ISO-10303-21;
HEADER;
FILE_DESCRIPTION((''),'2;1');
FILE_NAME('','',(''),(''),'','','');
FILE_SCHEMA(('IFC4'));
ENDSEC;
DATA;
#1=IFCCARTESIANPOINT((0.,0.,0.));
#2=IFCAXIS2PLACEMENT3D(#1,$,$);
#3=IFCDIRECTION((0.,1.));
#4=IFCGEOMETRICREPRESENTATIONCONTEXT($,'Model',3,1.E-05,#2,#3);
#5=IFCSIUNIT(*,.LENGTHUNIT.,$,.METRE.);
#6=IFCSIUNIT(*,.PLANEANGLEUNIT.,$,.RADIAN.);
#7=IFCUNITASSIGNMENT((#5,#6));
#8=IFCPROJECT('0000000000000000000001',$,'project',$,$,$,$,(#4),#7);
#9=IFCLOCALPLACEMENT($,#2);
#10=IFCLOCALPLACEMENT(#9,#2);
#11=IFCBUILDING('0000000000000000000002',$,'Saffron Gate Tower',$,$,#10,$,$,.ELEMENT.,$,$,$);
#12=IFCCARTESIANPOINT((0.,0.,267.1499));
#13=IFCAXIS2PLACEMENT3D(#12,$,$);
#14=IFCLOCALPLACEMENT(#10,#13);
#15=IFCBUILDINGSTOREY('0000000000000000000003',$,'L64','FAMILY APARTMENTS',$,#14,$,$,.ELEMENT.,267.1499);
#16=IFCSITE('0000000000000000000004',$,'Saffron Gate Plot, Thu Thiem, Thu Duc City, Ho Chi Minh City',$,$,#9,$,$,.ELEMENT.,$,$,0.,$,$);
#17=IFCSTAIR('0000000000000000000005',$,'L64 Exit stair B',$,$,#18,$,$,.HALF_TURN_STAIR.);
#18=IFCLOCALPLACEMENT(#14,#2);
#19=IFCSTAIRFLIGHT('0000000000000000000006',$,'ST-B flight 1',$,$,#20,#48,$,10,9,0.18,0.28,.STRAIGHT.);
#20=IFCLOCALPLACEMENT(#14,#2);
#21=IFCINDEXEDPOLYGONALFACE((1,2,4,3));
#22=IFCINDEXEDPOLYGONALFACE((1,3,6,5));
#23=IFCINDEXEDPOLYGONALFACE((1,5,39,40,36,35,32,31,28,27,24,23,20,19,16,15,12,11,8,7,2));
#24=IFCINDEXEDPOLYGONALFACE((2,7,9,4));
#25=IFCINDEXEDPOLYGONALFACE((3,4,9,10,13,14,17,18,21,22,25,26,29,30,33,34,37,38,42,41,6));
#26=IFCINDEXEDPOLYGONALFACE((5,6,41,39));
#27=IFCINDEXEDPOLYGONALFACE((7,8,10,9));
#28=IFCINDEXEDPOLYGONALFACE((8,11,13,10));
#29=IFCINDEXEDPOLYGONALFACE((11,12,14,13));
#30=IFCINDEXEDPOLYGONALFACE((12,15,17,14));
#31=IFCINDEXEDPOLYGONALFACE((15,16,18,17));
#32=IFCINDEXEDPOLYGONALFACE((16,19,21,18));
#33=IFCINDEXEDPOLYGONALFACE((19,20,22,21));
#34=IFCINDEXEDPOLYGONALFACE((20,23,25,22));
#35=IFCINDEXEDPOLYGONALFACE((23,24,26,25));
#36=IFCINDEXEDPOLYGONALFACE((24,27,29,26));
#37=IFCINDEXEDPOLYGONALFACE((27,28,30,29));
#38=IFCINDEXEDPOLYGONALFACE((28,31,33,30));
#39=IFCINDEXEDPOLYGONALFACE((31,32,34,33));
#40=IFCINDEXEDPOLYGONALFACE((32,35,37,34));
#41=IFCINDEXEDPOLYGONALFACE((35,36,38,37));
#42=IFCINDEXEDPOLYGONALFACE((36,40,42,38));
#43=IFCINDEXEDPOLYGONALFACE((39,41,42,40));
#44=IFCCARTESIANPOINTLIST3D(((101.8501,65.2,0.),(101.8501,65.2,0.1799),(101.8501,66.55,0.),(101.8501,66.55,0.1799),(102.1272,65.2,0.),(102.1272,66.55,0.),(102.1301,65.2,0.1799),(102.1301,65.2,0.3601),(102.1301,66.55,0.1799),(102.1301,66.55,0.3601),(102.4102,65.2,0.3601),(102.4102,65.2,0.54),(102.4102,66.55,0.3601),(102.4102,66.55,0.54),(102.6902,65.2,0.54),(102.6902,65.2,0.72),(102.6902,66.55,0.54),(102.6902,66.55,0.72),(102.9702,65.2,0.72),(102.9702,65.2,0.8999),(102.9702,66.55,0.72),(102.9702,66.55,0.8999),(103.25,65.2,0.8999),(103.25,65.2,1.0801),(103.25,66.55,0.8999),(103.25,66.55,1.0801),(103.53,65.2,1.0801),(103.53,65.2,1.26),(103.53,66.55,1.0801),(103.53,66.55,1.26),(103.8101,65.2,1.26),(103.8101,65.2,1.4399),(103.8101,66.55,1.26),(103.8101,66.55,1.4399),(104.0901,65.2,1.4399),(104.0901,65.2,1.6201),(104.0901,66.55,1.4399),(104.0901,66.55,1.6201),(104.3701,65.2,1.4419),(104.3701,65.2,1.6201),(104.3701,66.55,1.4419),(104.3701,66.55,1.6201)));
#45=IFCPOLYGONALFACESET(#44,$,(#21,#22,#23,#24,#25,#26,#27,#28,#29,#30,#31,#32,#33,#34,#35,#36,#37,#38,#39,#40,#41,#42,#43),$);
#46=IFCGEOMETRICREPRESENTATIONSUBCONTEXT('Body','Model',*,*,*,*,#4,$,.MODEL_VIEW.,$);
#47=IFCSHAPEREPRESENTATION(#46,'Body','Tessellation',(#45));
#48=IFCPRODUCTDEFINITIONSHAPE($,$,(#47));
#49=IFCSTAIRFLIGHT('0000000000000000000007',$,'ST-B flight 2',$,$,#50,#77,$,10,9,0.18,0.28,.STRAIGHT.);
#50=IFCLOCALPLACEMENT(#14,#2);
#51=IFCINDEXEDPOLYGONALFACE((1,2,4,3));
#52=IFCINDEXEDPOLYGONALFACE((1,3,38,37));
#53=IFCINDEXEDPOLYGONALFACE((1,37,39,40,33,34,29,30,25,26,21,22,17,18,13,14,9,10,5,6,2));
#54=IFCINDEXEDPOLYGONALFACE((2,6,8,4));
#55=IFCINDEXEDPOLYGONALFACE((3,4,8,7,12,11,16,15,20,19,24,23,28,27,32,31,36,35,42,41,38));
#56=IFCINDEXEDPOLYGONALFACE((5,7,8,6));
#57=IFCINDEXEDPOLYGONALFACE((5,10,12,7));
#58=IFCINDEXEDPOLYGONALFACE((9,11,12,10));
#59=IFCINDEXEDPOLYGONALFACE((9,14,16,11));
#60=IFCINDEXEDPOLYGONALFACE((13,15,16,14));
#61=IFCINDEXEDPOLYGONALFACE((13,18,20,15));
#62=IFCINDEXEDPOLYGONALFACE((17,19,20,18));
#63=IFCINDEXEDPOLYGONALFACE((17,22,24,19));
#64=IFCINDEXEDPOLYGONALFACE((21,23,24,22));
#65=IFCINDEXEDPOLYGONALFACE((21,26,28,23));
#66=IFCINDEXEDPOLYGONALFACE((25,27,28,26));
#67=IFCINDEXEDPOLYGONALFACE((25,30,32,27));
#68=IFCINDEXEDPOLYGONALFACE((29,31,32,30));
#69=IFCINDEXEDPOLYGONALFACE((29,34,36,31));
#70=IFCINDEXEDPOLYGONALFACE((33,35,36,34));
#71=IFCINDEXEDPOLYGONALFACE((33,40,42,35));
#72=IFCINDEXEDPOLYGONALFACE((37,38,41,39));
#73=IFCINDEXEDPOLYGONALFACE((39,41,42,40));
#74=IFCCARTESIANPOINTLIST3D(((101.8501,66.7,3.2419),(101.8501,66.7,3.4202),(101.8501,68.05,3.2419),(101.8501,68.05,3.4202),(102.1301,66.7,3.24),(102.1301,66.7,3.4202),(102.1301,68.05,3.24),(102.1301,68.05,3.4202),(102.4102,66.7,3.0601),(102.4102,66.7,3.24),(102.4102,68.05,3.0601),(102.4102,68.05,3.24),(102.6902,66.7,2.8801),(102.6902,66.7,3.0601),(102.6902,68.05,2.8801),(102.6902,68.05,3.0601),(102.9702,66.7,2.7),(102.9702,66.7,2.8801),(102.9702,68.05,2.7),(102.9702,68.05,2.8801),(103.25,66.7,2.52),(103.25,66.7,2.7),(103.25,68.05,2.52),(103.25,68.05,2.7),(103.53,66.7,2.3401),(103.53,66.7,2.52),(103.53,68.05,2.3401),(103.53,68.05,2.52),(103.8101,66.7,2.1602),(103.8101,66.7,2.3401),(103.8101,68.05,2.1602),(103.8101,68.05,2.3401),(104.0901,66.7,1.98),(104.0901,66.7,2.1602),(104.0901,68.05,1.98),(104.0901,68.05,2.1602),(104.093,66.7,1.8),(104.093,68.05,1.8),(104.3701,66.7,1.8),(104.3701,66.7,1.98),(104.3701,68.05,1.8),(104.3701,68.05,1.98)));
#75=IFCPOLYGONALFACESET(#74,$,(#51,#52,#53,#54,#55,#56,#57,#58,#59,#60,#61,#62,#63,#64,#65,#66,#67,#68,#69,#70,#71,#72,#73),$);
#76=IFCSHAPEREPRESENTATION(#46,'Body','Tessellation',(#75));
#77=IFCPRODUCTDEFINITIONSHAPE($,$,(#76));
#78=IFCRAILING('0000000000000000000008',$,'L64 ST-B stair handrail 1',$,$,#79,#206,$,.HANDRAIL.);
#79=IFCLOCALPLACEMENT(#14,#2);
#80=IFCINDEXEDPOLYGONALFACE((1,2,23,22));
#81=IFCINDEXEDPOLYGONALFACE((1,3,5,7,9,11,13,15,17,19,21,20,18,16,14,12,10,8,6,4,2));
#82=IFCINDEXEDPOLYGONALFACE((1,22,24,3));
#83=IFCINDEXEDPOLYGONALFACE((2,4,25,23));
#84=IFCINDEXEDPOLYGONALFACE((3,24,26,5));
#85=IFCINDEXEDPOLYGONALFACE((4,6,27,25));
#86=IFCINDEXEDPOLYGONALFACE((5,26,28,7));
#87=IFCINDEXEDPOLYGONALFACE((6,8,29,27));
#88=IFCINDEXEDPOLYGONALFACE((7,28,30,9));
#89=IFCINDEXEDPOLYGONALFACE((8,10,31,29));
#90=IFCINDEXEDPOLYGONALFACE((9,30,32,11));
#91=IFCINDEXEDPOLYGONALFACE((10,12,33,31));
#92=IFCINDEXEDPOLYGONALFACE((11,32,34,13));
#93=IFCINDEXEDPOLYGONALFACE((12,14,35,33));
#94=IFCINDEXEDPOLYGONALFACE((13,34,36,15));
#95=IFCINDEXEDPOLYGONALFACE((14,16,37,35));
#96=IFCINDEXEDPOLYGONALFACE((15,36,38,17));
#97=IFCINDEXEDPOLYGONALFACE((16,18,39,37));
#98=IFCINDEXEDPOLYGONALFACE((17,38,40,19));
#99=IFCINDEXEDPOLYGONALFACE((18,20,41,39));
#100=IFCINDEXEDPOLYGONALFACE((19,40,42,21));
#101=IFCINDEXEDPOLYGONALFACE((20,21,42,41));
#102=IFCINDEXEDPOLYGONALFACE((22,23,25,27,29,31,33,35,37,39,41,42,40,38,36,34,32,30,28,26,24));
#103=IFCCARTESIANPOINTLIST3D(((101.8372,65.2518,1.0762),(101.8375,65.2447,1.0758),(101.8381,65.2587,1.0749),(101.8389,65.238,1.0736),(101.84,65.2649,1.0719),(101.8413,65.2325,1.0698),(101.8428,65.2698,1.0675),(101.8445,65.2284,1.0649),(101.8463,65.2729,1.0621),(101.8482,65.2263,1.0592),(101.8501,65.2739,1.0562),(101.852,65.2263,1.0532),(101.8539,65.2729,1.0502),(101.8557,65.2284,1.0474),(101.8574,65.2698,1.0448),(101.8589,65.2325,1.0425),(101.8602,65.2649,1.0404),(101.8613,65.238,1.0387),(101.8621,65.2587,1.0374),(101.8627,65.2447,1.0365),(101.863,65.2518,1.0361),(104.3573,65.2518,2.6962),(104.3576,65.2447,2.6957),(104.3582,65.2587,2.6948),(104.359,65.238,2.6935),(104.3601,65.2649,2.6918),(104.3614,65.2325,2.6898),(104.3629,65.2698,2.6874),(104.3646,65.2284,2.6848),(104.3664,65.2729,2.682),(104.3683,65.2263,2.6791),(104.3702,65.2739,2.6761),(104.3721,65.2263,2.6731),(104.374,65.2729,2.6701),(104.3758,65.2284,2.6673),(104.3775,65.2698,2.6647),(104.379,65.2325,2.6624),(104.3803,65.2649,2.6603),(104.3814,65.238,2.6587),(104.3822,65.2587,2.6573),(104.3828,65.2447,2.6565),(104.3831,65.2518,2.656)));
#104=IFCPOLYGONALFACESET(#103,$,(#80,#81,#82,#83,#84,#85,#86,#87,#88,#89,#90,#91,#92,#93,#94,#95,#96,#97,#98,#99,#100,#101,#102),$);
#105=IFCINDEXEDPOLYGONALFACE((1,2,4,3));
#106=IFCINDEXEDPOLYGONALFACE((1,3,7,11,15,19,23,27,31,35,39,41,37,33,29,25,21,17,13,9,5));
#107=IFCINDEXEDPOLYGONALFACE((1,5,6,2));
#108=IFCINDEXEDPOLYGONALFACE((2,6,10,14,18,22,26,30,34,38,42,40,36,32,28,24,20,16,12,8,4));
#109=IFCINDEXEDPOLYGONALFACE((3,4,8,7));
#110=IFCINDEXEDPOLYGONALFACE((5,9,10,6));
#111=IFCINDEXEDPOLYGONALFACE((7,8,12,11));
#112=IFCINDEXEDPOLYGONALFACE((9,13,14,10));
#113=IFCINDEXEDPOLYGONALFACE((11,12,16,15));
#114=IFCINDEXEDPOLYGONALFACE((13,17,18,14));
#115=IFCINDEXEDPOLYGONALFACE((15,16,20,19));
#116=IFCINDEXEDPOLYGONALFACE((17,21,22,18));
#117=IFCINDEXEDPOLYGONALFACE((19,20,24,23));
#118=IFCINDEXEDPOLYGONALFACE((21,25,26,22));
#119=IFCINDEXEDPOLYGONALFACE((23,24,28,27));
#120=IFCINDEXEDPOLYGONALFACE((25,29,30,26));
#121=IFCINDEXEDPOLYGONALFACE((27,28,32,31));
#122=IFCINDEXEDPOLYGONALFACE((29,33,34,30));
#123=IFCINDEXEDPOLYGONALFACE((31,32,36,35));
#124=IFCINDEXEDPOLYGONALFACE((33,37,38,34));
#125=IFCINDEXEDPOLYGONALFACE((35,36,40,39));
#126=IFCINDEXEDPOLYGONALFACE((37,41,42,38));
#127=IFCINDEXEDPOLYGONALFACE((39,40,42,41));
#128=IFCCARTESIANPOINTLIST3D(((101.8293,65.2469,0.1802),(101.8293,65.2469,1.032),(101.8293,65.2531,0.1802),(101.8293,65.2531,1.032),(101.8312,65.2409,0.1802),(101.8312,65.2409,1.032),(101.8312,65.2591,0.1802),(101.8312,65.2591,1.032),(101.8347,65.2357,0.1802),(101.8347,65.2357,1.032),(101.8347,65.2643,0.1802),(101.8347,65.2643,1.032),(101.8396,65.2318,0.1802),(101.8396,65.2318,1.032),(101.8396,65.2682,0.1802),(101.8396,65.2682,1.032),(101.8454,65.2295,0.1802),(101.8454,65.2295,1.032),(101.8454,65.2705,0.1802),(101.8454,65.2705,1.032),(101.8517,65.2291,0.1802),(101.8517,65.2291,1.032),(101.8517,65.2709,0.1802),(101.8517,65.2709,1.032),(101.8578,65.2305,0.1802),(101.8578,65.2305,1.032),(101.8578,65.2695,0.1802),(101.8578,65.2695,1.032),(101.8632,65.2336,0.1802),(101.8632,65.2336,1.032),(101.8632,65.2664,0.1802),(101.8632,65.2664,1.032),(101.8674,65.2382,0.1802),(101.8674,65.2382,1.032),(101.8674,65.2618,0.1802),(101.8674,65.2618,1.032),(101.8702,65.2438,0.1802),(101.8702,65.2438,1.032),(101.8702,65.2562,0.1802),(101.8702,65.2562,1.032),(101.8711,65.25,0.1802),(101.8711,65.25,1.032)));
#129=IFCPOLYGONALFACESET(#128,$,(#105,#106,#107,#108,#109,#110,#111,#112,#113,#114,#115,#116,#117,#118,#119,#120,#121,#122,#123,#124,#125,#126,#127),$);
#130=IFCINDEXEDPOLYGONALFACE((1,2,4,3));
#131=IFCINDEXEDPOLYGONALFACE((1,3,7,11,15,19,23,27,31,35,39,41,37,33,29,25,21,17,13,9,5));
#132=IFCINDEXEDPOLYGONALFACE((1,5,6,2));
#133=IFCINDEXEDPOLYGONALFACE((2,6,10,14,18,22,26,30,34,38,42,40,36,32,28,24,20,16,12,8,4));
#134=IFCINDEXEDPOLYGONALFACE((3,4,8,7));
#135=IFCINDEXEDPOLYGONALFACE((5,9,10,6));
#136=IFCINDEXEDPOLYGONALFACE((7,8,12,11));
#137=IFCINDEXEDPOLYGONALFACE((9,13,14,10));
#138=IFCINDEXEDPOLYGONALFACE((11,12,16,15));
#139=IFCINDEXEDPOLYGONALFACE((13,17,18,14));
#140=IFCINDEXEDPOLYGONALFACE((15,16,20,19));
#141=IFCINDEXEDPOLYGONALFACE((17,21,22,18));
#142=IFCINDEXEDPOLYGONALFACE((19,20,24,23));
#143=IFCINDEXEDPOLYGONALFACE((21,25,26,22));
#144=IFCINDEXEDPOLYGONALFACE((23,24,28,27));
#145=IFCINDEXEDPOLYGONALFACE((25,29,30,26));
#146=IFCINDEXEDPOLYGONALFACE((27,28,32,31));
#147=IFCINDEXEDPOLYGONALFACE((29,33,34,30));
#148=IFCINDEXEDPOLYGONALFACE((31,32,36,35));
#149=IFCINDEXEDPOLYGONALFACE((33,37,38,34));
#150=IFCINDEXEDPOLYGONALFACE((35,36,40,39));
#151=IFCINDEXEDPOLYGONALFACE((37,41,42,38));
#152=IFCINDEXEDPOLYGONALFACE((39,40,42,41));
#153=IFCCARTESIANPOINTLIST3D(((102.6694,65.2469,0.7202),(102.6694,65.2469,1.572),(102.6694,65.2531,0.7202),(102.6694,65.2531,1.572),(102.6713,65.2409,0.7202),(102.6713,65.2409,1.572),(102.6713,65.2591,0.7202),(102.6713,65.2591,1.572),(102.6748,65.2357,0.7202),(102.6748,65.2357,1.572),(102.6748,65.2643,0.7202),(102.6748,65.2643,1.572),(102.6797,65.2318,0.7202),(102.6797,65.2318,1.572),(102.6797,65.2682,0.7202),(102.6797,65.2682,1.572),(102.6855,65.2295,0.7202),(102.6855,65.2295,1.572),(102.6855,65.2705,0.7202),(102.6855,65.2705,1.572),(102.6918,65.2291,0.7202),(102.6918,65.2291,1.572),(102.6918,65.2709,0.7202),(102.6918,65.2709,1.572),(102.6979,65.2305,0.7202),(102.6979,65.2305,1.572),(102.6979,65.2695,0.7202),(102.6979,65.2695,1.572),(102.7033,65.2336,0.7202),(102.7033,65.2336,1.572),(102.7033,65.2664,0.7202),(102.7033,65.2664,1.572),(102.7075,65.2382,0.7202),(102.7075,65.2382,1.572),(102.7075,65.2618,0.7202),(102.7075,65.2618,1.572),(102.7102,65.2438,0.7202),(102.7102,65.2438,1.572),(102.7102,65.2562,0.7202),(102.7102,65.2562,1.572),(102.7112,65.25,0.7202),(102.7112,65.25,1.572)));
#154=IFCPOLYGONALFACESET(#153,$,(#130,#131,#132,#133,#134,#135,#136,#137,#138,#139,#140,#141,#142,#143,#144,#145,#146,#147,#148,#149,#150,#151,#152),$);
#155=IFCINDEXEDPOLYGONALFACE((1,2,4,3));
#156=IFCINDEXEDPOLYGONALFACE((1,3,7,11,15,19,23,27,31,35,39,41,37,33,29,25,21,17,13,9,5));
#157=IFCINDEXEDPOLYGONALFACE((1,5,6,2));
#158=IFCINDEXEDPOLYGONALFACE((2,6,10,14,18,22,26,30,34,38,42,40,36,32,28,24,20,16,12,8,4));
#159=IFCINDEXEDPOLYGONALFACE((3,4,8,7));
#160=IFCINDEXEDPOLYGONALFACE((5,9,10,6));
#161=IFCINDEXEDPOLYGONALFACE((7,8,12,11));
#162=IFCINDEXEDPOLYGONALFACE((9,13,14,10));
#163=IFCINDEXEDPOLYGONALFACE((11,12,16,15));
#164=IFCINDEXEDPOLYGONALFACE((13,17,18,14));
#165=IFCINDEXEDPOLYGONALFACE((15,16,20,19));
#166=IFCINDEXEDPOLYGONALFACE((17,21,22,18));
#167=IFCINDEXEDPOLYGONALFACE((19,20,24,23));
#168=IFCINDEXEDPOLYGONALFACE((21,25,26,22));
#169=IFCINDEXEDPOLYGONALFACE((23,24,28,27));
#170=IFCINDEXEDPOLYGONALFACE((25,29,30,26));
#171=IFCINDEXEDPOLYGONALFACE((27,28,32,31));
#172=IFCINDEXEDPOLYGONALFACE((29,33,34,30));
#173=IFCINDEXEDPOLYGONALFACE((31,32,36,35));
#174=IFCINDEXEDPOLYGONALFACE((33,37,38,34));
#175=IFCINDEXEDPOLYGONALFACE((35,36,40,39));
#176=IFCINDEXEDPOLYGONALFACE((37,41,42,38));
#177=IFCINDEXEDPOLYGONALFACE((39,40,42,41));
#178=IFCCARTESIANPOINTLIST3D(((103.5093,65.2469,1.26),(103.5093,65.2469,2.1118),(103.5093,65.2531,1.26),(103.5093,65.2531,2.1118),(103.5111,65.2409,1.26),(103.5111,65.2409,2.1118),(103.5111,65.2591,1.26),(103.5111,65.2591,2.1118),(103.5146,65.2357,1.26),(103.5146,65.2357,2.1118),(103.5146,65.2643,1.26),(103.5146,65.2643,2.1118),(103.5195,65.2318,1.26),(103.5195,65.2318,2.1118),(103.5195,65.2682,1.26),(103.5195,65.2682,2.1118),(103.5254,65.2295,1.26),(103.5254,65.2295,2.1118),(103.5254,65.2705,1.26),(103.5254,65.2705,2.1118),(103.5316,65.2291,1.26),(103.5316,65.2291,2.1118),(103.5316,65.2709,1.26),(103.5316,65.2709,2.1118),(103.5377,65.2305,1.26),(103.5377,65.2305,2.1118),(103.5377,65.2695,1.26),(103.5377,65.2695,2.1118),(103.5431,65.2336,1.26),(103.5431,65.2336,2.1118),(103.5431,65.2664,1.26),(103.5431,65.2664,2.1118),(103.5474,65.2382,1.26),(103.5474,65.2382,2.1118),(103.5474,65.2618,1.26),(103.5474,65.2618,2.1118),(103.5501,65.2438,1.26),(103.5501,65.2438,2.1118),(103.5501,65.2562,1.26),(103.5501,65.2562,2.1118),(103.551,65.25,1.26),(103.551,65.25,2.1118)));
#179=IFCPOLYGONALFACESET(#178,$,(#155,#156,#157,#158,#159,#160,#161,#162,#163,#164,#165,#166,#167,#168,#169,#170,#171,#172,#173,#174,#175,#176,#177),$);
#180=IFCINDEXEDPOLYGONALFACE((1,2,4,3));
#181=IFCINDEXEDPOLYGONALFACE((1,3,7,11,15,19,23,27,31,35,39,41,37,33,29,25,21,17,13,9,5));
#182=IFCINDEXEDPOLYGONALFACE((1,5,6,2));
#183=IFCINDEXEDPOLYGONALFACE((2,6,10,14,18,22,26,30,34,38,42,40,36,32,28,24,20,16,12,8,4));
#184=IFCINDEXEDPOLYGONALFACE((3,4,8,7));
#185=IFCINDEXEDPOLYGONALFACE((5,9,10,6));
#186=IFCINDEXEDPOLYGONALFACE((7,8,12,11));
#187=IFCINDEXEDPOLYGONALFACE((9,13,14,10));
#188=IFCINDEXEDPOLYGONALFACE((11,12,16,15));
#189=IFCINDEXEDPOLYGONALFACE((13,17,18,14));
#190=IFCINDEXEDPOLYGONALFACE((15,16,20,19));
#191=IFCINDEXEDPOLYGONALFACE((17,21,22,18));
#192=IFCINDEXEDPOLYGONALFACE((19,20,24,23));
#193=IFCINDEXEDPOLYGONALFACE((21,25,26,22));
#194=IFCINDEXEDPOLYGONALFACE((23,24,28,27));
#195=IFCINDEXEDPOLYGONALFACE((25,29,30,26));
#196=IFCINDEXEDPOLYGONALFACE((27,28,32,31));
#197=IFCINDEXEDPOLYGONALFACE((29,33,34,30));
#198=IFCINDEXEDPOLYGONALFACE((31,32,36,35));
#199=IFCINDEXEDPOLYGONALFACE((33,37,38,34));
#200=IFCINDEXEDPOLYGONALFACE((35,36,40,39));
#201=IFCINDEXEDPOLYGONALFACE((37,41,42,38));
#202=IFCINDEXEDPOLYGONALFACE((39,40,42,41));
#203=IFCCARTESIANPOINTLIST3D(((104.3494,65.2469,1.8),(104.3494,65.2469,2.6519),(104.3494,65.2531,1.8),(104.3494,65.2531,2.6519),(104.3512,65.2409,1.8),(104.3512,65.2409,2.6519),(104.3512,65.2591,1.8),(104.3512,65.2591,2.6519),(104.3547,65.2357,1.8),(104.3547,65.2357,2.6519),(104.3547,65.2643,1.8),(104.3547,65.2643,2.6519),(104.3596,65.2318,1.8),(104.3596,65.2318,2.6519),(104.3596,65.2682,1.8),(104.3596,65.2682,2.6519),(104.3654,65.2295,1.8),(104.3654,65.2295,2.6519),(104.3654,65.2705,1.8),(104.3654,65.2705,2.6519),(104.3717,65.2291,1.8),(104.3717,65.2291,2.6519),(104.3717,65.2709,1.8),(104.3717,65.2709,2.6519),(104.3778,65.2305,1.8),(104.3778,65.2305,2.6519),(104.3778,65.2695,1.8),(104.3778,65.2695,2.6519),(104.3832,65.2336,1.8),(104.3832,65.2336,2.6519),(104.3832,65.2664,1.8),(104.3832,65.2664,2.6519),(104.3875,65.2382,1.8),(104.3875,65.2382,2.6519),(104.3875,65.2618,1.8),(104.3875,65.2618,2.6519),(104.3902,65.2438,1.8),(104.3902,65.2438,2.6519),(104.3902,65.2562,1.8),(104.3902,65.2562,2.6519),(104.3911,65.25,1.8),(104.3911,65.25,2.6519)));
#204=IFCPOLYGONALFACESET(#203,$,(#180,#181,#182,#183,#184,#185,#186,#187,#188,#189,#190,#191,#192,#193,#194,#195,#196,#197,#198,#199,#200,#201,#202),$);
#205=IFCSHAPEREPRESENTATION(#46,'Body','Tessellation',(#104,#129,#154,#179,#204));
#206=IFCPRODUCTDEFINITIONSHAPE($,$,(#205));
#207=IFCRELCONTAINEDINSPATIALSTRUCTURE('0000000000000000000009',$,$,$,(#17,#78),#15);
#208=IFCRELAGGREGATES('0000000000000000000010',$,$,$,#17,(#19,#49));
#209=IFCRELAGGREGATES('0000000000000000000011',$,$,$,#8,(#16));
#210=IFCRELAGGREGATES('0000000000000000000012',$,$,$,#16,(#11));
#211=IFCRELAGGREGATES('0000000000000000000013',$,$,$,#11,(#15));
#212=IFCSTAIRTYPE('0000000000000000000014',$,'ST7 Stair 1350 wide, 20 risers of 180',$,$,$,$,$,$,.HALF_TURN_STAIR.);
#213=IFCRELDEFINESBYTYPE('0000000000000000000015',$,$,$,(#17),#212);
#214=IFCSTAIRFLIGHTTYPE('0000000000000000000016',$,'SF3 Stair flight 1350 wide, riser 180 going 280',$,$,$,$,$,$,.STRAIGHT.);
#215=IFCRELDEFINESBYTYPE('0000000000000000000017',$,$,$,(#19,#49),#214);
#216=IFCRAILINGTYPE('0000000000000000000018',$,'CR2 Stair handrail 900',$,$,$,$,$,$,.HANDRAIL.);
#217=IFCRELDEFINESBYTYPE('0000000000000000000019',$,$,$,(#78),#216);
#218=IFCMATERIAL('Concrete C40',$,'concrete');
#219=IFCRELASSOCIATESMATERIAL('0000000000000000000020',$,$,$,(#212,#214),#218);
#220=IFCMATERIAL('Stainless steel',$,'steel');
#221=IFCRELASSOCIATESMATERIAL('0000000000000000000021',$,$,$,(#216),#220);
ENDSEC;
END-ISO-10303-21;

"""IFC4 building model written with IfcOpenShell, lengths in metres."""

from ifc_helpers import new_model, si_unit, direction, frame, origin, origin_2d, place, context, subcontext, project, spatial, polyline, circle, outline, extrude, material, type_object, element, aggregate, save


model = new_model("IFC4")

# Units and contexts
model_context = context("Model", 3, precision=1e-05, world=origin(), true_north=direction((0.0, 1.0)))
body_context = subcontext(model_context, "Body", "Model", "MODEL_VIEW")
ifc_project = project(units=[si_unit("LENGTHUNIT", "METRE"), si_unit("PLANEANGLEUNIT", "RADIAN")], contexts=[model_context])

# Site, building, storey
site_placement = place(None, origin())
site = spatial("IfcSite", under=ifc_project, at=site_placement, Name="Saffron Gate Plot, Thu Thiem, Thu Duc City, Ho Chi Minh City", CompositionType="ELEMENT", RefElevation=0.0)
building_placement = place(site_placement, origin())
building = spatial("IfcBuilding", under=site, at=building_placement, Name="Saffron Gate Tower", CompositionType="ELEMENT")
storey_placement = place(building_placement, frame((0.0, 0.0, 267.1499)))
storey = spatial("IfcBuildingStorey", under=building, at=storey_placement, Name="L64", Description="FAMILY APARTMENTS", CompositionType="ELEMENT", Elevation=267.1499)

# Stair, stair flights
ifc_material_1 = material(Name="Concrete C40", Category="concrete")
stair_type = type_object("IfcStairType", Name="ST7 Stair 1350 wide, 20 risers of 180", PredefinedType="HALF_TURN_STAIR", material=ifc_material_1)
stair_placement = place(storey_placement, origin())
stair = element("IfcStair", 1, at=stair_placement, inside=storey, type_object=stair_type, Name="L64 Exit stair B", PredefinedType="HALF_TURN_STAIR")
stair_flight_type = type_object("IfcStairFlightType", Name="SF3 Stair flight 1350 wide, riser 180 going 280", PredefinedType="STRAIGHT", material=ifc_material_1)
stair_flight_1_placement = place(storey_placement, frame((101.8501, 65.875, 0.0), z_axis=(0.0, 0.0, 1.0), x_axis=(1.0, 0.0, 0.0)))
stair_flight_1 = element("IfcStairFlight", 2, at=stair_flight_1_placement, type_object=stair_flight_type, Name="ST-B flight 1", NumberOfRisers=10, NumberOfTreads=9, PredefinedType="STRAIGHT", RiserHeight=0.18, TreadLength=0.28, context=body_context, shape_type="SweptSolid", body=[
    extrude(outline(polyline([(0.0, 0.0), (0.0, 0.1799), (0.28, 0.1799), (0.28, 0.3601), (0.5601, 0.3601), (0.5601, 0.54), (0.8401, 0.54), (0.8401, 0.72), (1.1201, 0.72), (1.1201, 0.8999), (1.3999, 0.8999), (1.3999, 1.0801), (1.6799, 1.0801), (1.6799, 1.26), (1.96, 1.26), (1.96, 1.4399), (2.24, 1.4399), (2.24, 1.6201), (2.52, 1.6201), (2.52, 1.8), (2.52, 1.4419), (0.2771, 0.0), (0.0, 0.0)])), frame((0.0, 0.675, 0.0), z_axis=(0.0, -1.0, 0.0), x_axis=(1.0, 0.0, 0.0)), (0.0, 0.0, 1.0), 1.3501),
])
stair_flight_2_placement = place(storey_placement, frame((104.3701, 67.375, 1.8), z_axis=(0.0, 0.0, 1.0), x_axis=(-1.0, 0.0, 0.0)))
stair_flight_2 = element("IfcStairFlight", 3, at=stair_flight_2_placement, type_object=stair_flight_type, Name="ST-B flight 2", NumberOfRisers=10, NumberOfTreads=9, PredefinedType="STRAIGHT", RiserHeight=0.18, TreadLength=0.28, context=body_context, shape_type="SweptSolid", body=[
    extrude(outline(polyline([(0.0, 0.0), (0.0, 0.1799), (0.28, 0.1799), (0.28, 0.3601), (0.5601, 0.3601), (0.5601, 0.54), (0.8401, 0.54), (0.8401, 0.72), (1.1201, 0.72), (1.1201, 0.8999), (1.3999, 0.8999), (1.3999, 1.0801), (1.6799, 1.0801), (1.6799, 1.26), (1.96, 1.26), (1.96, 1.4399), (2.24, 1.4399), (2.24, 1.6201), (2.52, 1.6201), (2.52, 1.8), (2.52, 1.4419), (0.2771, 0.0), (0.0, 0.0)])), frame((0.0, 0.675, 0.0), z_axis=(0.0, -1.0, 0.0), x_axis=(1.0, 0.0, 0.0)), (0.0, 0.0, 1.0), 1.3501),
])
aggregate(stair, [stair_flight_1, stair_flight_2])

# Railing
ifc_material_2 = material(Name="Stainless steel", Category="steel")
railing_type_1 = type_object("IfcRailingType", Name="CR2 Stair handrail 900", PredefinedType="HANDRAIL", material=ifc_material_2)
railing_1_placement = place(storey_placement, frame((101.8501, 65.25, 0.1802)))
element("IfcRailing", 4, at=railing_1_placement, inside=storey, type_object=railing_type_1, Name="L64 ST-B stair handrail 1", PredefinedType="HANDRAIL", context=body_context, shape_type="SweptSolid", body=[
    extrude(circle(Radius=0.0239, at=origin_2d()), frame((0.0, 0.0, 0.876), z_axis=(0.8412, 0.0, 0.540725), x_axis=(0.0, 1.0, 0.0)), (0.0, 0.0, 1.0), 2.9958),
    extrude(circle(Radius=0.021, at=origin_2d()), origin(), (0.0, 0.0, 1.0), 0.8518),
    extrude(circle(Radius=0.021, at=origin_2d()), frame((0.8401, 0.0, 0.54)), (0.0, 0.0, 1.0), 0.8518),
    extrude(circle(Radius=0.021, at=origin_2d()), frame((1.6799, 0.0, 1.0798)), (0.0, 0.0, 1.0), 0.8518),
    extrude(circle(Radius=0.021, at=origin_2d()), frame((2.52, 0.0, 1.6199)), (0.0, 0.0, 1.0), 0.8518),
])

save(model, "model.ifc")
